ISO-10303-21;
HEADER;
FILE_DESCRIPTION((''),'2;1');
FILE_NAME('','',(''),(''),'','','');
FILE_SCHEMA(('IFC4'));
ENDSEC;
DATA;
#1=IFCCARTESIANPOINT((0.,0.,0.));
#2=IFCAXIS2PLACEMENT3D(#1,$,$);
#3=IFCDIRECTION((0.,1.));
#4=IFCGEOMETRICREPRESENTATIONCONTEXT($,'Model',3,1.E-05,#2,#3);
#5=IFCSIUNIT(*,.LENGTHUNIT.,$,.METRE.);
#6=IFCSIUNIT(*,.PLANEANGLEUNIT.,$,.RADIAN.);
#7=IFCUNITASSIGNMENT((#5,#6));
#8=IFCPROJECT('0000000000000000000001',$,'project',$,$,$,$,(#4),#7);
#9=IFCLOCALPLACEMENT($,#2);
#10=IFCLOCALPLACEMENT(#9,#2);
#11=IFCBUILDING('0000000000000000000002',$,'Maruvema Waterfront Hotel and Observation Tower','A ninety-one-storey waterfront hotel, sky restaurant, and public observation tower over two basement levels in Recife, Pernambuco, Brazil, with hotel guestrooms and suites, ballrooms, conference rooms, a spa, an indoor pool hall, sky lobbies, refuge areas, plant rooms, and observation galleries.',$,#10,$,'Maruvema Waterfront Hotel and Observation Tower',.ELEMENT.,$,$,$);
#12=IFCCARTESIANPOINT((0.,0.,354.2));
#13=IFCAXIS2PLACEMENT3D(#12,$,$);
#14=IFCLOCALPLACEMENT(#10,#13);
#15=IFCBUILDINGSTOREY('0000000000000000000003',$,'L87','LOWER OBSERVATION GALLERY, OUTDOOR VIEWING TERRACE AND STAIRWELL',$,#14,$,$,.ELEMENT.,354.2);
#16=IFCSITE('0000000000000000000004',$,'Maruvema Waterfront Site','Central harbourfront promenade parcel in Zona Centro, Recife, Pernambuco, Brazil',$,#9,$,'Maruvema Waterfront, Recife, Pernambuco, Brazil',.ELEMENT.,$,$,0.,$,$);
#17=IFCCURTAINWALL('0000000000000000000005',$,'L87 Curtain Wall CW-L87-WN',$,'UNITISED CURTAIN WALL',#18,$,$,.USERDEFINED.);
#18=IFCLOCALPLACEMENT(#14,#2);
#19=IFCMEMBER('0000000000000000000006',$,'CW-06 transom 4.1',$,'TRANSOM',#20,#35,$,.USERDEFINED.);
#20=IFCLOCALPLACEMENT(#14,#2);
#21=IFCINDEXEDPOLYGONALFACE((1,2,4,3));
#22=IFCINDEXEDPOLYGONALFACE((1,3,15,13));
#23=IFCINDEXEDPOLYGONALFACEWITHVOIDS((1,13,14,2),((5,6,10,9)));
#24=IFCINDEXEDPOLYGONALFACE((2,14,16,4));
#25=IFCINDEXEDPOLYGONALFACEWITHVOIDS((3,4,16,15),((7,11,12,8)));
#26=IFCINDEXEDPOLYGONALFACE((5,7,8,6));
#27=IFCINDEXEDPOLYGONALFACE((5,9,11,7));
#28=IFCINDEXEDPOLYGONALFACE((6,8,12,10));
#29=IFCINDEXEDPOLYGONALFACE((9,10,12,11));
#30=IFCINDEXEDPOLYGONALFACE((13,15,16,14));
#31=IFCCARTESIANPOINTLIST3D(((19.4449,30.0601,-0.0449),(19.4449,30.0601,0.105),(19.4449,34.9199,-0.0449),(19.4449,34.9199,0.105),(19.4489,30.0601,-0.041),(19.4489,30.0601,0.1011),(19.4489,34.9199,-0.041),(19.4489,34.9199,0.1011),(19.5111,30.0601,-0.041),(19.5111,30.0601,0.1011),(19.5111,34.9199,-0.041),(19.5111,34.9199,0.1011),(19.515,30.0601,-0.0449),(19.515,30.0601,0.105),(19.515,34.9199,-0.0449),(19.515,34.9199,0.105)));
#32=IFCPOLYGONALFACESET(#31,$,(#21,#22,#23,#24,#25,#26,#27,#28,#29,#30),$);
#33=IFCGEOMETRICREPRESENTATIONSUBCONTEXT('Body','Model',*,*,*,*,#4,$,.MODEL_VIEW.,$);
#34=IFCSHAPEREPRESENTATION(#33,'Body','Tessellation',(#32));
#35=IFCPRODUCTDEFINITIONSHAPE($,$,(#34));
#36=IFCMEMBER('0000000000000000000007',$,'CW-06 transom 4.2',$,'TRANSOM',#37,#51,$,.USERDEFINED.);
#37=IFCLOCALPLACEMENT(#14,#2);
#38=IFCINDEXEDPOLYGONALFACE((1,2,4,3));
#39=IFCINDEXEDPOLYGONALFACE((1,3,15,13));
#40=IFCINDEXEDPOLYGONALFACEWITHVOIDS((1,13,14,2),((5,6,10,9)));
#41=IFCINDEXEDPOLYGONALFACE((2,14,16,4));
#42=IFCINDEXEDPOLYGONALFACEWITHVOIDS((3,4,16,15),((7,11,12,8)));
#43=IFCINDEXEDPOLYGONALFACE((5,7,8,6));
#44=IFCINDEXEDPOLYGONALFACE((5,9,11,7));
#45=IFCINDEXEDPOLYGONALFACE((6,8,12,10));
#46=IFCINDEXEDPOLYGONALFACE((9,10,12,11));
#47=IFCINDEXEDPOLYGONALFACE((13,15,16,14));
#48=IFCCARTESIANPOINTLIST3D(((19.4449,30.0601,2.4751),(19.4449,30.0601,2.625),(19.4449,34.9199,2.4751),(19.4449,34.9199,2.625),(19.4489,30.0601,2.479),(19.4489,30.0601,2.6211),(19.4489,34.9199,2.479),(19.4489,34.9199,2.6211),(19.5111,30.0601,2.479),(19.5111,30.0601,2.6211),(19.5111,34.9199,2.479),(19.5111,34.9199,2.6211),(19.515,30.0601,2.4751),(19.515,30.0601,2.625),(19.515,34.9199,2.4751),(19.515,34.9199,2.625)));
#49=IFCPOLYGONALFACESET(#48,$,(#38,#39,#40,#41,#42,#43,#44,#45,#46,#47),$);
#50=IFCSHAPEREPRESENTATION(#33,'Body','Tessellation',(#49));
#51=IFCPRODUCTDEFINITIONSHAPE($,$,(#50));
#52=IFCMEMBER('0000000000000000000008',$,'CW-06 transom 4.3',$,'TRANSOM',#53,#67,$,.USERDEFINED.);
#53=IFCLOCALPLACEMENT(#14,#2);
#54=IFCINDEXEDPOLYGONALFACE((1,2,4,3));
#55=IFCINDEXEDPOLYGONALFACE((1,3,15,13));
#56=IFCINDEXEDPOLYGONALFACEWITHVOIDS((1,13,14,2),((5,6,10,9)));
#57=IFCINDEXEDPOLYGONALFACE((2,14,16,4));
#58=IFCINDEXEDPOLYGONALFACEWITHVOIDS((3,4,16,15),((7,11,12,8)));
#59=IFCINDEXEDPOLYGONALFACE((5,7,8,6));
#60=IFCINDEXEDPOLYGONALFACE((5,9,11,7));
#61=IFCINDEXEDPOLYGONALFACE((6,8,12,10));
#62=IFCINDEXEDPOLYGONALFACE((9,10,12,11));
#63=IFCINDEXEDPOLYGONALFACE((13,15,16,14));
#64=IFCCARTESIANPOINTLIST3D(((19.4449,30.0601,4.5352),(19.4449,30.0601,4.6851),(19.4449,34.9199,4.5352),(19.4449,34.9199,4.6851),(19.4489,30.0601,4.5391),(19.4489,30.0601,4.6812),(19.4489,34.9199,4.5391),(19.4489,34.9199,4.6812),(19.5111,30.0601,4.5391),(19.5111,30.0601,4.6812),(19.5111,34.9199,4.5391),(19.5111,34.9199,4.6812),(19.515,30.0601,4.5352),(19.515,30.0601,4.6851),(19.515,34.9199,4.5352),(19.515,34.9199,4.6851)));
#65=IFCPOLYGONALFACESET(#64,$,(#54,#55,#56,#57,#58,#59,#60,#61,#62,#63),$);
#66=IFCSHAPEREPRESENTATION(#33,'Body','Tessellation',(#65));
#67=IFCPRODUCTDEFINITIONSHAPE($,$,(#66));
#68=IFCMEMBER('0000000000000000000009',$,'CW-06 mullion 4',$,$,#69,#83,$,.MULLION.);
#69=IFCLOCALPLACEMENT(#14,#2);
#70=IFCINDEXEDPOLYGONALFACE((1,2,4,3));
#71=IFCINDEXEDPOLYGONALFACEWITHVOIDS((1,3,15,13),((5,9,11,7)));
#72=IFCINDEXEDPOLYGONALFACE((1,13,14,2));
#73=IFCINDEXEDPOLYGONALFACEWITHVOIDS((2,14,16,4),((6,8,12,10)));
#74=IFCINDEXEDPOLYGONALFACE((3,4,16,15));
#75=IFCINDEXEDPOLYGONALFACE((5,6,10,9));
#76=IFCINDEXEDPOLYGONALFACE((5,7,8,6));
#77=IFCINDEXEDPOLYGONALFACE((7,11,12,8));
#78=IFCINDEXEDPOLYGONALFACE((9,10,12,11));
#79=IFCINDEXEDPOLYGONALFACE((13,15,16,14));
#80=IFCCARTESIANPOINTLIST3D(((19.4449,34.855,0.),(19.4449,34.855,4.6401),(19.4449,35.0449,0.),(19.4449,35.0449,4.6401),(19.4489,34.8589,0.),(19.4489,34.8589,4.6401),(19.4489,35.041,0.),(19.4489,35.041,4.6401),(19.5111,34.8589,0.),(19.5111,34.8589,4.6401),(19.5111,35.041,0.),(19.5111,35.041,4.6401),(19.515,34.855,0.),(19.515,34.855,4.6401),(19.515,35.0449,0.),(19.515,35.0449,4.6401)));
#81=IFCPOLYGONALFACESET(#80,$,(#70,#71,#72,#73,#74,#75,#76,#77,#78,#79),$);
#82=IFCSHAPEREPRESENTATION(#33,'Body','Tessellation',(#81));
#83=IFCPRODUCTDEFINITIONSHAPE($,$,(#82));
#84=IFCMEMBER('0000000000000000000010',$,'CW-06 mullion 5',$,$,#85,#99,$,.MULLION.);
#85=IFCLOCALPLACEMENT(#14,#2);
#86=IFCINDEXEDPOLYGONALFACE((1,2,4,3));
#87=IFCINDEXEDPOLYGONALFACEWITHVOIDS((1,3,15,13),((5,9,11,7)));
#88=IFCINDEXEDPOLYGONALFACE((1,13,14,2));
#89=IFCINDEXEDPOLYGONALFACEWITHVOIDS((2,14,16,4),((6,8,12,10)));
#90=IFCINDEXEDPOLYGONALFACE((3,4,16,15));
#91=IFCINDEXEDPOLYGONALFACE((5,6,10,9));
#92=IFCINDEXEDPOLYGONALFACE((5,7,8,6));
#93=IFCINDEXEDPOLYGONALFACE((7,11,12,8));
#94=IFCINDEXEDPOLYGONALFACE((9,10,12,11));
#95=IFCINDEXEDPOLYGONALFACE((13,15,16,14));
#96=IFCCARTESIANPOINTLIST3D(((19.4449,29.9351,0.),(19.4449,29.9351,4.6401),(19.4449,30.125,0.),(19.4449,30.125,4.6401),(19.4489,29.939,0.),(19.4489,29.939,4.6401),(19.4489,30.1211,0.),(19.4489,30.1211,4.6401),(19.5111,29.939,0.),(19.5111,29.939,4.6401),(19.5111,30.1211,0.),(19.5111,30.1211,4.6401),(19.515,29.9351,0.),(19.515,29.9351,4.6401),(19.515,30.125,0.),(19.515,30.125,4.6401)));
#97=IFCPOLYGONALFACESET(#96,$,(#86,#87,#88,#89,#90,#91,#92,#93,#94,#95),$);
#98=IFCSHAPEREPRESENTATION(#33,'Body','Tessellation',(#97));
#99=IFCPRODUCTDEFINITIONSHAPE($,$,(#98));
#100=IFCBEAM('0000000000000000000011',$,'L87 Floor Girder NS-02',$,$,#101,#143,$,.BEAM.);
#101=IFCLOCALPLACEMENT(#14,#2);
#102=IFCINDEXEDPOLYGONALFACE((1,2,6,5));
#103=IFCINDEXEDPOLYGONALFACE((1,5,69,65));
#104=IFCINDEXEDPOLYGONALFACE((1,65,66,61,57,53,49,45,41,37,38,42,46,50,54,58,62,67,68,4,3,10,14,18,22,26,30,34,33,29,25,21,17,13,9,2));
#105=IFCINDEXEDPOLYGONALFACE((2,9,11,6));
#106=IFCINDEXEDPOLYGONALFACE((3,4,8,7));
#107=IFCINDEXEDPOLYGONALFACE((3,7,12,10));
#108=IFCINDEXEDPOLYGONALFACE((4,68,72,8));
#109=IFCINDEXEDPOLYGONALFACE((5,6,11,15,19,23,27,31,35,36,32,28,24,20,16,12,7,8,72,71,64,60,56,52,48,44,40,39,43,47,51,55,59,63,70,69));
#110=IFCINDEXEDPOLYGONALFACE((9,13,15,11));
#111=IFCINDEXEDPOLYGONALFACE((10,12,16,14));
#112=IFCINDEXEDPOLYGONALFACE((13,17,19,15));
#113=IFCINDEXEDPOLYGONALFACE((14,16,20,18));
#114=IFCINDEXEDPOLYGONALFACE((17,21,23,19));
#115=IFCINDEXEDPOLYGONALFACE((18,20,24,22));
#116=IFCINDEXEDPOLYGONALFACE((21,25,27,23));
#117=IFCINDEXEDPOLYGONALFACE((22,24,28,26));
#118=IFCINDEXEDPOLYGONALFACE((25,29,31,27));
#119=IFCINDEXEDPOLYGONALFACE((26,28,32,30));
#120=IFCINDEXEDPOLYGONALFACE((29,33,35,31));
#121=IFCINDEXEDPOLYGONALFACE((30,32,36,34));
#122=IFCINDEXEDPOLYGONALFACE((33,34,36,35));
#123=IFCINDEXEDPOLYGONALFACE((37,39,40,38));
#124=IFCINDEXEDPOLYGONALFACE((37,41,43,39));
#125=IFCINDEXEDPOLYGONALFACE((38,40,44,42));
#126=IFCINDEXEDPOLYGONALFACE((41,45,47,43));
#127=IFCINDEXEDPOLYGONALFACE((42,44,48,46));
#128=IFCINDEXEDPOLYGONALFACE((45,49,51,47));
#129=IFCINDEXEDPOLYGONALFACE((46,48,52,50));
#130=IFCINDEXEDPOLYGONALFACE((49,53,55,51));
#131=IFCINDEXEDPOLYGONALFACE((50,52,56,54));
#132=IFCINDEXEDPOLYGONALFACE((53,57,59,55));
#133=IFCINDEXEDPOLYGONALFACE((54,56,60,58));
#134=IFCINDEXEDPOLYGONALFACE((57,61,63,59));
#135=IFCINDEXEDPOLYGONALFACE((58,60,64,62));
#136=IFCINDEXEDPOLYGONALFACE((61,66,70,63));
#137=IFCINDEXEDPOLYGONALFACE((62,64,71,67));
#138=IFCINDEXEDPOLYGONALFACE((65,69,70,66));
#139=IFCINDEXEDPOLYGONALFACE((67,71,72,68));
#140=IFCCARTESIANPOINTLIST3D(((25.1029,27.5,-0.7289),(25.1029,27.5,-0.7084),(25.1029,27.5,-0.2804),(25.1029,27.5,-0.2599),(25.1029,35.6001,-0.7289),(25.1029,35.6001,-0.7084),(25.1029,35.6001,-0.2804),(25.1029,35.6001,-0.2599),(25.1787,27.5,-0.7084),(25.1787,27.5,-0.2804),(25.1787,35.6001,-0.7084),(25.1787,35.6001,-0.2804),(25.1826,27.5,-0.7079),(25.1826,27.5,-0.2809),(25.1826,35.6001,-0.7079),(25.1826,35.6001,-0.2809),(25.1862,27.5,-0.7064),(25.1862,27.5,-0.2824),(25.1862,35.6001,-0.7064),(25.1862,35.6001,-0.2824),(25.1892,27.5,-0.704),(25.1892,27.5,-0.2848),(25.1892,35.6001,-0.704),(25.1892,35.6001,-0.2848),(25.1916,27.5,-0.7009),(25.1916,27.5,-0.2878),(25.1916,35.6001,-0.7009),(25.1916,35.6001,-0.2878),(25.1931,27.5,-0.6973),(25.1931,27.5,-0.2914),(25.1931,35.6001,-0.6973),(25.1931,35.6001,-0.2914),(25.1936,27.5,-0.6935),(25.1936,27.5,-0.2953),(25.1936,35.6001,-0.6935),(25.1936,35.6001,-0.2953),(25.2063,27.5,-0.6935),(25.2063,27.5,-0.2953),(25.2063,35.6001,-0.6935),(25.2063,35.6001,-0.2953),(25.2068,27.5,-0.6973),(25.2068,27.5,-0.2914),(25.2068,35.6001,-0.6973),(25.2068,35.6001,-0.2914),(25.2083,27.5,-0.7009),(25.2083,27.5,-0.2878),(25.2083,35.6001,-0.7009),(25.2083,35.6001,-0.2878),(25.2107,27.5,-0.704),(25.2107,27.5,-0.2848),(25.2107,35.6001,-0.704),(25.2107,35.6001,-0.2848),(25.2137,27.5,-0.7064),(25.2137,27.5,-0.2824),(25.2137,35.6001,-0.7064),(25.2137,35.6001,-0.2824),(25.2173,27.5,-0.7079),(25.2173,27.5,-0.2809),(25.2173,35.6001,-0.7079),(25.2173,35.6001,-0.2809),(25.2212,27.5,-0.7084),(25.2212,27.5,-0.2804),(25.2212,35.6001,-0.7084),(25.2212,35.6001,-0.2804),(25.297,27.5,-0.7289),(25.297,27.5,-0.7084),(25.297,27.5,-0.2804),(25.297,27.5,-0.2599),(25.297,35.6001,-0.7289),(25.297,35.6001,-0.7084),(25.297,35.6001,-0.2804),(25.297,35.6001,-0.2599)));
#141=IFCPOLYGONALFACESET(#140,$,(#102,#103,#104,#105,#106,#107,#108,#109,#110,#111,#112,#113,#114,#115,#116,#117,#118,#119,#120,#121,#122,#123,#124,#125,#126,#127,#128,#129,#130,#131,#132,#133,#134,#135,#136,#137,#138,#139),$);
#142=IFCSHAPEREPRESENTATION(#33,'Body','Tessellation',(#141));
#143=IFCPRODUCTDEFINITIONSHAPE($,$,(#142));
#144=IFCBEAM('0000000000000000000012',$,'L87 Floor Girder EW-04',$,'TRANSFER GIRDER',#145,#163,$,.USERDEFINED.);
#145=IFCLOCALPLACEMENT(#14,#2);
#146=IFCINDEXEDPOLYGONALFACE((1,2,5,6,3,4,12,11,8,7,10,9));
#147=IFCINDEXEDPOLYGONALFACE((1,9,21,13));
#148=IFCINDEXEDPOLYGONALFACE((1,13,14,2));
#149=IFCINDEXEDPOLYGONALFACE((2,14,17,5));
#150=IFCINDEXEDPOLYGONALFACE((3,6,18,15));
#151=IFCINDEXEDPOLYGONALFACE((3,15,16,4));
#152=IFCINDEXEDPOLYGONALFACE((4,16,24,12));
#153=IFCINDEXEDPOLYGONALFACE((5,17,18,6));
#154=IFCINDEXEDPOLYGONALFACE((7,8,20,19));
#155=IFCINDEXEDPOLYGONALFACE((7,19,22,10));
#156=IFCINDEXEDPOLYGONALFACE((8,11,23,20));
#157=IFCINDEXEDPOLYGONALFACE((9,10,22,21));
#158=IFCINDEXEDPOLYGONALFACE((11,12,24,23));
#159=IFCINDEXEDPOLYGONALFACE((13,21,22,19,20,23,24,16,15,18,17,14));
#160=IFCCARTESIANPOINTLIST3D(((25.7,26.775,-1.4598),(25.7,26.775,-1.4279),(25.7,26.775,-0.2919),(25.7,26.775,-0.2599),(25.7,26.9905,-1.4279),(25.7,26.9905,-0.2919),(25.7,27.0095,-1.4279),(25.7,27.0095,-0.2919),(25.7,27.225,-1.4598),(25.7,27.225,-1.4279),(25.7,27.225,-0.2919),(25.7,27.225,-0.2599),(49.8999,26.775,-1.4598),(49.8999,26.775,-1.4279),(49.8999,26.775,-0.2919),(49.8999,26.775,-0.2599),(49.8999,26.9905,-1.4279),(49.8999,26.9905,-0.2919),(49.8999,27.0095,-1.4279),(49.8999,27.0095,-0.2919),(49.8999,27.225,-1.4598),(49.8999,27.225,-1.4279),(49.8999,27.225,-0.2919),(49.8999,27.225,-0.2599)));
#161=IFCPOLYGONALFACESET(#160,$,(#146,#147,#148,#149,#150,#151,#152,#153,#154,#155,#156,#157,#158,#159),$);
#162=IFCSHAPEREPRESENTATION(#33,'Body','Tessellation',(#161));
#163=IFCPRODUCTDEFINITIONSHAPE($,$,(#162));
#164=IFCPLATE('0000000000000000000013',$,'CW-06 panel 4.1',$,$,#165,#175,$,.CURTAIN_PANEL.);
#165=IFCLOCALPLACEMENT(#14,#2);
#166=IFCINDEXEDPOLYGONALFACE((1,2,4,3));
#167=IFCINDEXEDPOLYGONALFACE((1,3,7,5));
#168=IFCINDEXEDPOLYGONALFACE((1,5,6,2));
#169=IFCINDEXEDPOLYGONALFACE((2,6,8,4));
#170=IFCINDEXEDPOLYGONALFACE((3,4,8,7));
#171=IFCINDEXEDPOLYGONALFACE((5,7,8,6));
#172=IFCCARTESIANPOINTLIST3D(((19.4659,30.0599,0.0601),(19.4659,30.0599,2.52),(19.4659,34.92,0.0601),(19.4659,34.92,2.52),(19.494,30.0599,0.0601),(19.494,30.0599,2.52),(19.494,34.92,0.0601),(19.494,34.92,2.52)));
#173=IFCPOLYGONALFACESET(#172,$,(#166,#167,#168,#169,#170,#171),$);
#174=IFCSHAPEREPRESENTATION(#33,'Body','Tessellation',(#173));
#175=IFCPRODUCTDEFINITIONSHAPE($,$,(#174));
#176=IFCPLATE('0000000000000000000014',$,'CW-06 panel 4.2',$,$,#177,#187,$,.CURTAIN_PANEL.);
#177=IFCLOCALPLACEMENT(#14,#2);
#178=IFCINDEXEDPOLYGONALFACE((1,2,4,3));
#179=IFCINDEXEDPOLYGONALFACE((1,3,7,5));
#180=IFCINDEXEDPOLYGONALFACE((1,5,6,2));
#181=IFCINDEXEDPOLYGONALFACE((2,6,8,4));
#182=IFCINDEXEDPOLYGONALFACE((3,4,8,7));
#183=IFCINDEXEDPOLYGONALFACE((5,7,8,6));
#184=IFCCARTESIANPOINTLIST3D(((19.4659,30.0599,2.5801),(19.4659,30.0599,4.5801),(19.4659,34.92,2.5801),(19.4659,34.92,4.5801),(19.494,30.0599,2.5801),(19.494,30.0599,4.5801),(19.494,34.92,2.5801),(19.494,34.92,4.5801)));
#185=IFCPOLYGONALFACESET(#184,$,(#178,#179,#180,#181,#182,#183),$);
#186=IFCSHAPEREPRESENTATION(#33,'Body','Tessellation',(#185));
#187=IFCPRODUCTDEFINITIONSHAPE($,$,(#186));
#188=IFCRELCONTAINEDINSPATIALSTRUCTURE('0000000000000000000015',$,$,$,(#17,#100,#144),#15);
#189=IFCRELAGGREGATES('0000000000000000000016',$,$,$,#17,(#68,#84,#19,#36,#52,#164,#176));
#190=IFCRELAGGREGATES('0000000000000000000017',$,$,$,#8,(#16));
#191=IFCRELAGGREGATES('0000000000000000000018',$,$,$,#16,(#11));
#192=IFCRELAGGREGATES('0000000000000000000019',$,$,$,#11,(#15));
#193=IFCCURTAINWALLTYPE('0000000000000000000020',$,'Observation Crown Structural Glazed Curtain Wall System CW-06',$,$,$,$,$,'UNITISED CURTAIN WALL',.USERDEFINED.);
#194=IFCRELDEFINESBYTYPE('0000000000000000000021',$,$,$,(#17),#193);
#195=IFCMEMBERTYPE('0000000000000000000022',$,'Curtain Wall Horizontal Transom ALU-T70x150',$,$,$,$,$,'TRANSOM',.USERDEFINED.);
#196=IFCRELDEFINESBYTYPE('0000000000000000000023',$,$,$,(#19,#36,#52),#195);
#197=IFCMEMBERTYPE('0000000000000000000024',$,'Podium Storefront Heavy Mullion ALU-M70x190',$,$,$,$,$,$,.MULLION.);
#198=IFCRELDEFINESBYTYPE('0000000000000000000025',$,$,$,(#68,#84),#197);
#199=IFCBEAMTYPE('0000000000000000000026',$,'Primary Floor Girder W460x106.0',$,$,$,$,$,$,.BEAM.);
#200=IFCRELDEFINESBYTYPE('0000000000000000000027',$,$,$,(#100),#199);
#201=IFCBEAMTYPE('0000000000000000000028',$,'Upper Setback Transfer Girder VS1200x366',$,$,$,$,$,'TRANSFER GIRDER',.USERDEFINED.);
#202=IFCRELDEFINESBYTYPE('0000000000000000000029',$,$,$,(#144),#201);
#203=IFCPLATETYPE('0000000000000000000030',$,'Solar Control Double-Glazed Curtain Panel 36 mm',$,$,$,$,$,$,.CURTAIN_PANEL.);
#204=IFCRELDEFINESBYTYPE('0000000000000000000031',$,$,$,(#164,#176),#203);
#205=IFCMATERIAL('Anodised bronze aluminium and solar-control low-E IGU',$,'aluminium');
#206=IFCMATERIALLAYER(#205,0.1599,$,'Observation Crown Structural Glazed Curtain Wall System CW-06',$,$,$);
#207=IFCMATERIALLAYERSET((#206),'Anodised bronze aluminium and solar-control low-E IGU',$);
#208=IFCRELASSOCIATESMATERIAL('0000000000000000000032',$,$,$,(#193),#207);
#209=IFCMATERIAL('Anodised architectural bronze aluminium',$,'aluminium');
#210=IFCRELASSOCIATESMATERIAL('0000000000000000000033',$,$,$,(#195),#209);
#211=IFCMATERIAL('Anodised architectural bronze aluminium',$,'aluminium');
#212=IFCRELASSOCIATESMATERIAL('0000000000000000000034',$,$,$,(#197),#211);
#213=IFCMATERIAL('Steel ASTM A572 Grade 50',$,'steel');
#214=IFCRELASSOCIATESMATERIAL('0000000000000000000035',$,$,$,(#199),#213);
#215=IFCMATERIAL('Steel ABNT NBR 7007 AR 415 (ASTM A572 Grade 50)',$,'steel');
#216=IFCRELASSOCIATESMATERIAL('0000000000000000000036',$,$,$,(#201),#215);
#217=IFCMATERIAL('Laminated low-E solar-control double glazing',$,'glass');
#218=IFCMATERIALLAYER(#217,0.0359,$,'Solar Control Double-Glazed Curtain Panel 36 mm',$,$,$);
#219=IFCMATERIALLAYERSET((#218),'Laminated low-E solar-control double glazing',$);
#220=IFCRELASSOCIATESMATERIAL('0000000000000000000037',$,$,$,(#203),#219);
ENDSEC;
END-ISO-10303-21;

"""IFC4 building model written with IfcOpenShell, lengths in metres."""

from ifc_helpers import new_model, si_unit, direction, frame, origin, origin_2d, place, context, subcontext, project, spatial, rectangle, hollow_rectangle, i_section, extrude, material, layer, layer_set, material_profile, profile_set, type_object, element, aggregate, save


model = new_model("IFC4")

# Units and contexts
model_context = context("Model", 3, precision=1e-05, world=origin(), true_north=direction((0.0, 1.0)))
body_context = subcontext(model_context, "Body", "Model", "MODEL_VIEW")
ifc_project = project(units=[si_unit("LENGTHUNIT", "METRE"), si_unit("PLANEANGLEUNIT", "RADIAN")], contexts=[model_context])

# Site, building, storey
site_placement = place(None, origin())
site = spatial("IfcSite", under=ifc_project, at=site_placement, Name="Maruvema Waterfront Site", Description="Central harbourfront promenade parcel in Zona Centro, Recife, Pernambuco, Brazil", LongName="Maruvema Waterfront, Recife, Pernambuco, Brazil", CompositionType="ELEMENT", RefElevation=0.0)
building_placement = place(site_placement, origin())
building = spatial("IfcBuilding", under=site, at=building_placement, Name="Maruvema Waterfront Hotel and Observation Tower", Description="A ninety-one-storey waterfront hotel, sky restaurant, and public observation tower over two basement levels in Recife, Pernambuco, Brazil, with hotel guestrooms and suites, ballrooms, conference rooms, a spa, an indoor pool hall, sky lobbies, refuge areas, plant rooms, and observation galleries.", LongName="Maruvema Waterfront Hotel and Observation Tower", CompositionType="ELEMENT")
storey_placement = place(building_placement, frame((0.0, 0.0, 354.2)))
storey = spatial("IfcBuildingStorey", under=building, at=storey_placement, Name="L87", Description="LOWER OBSERVATION GALLERY, OUTDOOR VIEWING TERRACE AND STAIRWELL", CompositionType="ELEMENT", Elevation=354.2)

# Curtain wall, members
ifc_material_1 = material(Name="Anodised bronze aluminium and solar-control low-E IGU", Category="aluminium")
ifc_layer_1 = layer(ifc_material_1, 0.1599, Name="Observation Crown Structural Glazed Curtain Wall System CW-06")
ifc_layer_set_1 = layer_set([ifc_layer_1], Name="Anodised bronze aluminium and solar-control low-E IGU")
curtain_wall_type = type_object("IfcCurtainWallType", Name="Observation Crown Structural Glazed Curtain Wall System CW-06", ElementType="UNITISED CURTAIN WALL", PredefinedType="USERDEFINED", material=ifc_layer_set_1)
curtain_wall_placement = place(storey_placement, origin())
curtain_wall = element("IfcCurtainWall", 1, at=curtain_wall_placement, inside=storey, type_object=curtain_wall_type, Name="L87 Curtain Wall CW-L87-WN", ObjectType="UNITISED CURTAIN WALL", PredefinedType="USERDEFINED")
ifc_material_2 = material(Name="Anodised architectural bronze aluminium", Category="aluminium")
ifc_material_profile_1 = material_profile(ifc_material_2, hollow_rectangle(XDim=0.0701, YDim=0.1499, WallThickness=0.0039, at=origin_2d()), Name="ALU-T70x150")
ifc_profile_set_1 = profile_set([ifc_material_profile_1], Name="Anodised architectural bronze aluminium")
member_type_1 = type_object("IfcMemberType", Name="Curtain Wall Horizontal Transom ALU-T70x150", ElementType="TRANSOM", PredefinedType="USERDEFINED", material=ifc_profile_set_1)
member_1_placement = place(storey_placement, frame((19.48, 34.9199, 0.03), z_axis=(0.0, -1.0, 0.0), x_axis=(1.0, 0.0, 0.0)))
member_1 = element("IfcMember", 2, at=member_1_placement, type_object=member_type_1, Name="CW-06 transom 4.1", ObjectType="TRANSOM", PredefinedType="USERDEFINED", context=body_context, shape_type="SweptSolid", body=[
    extrude(hollow_rectangle(XDim=0.0701, YDim=0.1499, WallThickness=0.0039, at=origin_2d()), origin(), (0.0, 0.0, 1.0), 4.8599),
])
member_2_placement = place(storey_placement, frame((19.48, 34.9199, 2.55), z_axis=(0.0, -1.0, 0.0), x_axis=(1.0, 0.0, 0.0)))
member_2 = element("IfcMember", 3, at=member_2_placement, type_object=member_type_1, Name="CW-06 transom 4.2", ObjectType="TRANSOM", PredefinedType="USERDEFINED", context=body_context, shape_type="SweptSolid", body=[
    extrude(hollow_rectangle(XDim=0.0701, YDim=0.1499, WallThickness=0.0039, at=origin_2d()), origin(), (0.0, 0.0, 1.0), 4.8599),
])
member_3_placement = place(storey_placement, frame((19.48, 34.9199, 4.6101), z_axis=(0.0, -1.0, 0.0), x_axis=(1.0, 0.0, 0.0)))
member_3 = element("IfcMember", 4, at=member_3_placement, type_object=member_type_1, Name="CW-06 transom 4.3", ObjectType="TRANSOM", PredefinedType="USERDEFINED", context=body_context, shape_type="SweptSolid", body=[
    extrude(hollow_rectangle(XDim=0.0701, YDim=0.1499, WallThickness=0.0039, at=origin_2d()), origin(), (0.0, 0.0, 1.0), 4.8599),
])
ifc_material_3 = material(Name="Anodised architectural bronze aluminium", Category="aluminium")
ifc_material_profile_2 = material_profile(ifc_material_3, hollow_rectangle(XDim=0.0701, YDim=0.1899, WallThickness=0.0039, at=origin_2d()), Name="ALU-M70x190")
ifc_profile_set_2 = profile_set([ifc_material_profile_2], Name="Anodised architectural bronze aluminium")
member_type_2 = type_object("IfcMemberType", Name="Podium Storefront Heavy Mullion ALU-M70x190", PredefinedType="MULLION", material=ifc_profile_set_2)
member_4_placement = place(storey_placement, frame((19.48, 34.95, 0.0), z_axis=(0.0, 0.0, 1.0), x_axis=(1.0, 0.0, 0.0)))
member_4 = element("IfcMember", 5, at=member_4_placement, type_object=member_type_2, Name="CW-06 mullion 4", PredefinedType="MULLION", context=body_context, shape_type="SweptSolid", body=[
    extrude(hollow_rectangle(XDim=0.0701, YDim=0.1899, WallThickness=0.0039, at=origin_2d()), origin(), (0.0, 0.0, 1.0), 4.6401),
])
member_5_placement = place(storey_placement, frame((19.48, 30.03, 0.0), z_axis=(0.0, 0.0, 1.0), x_axis=(1.0, 0.0, 0.0)))
member_5 = element("IfcMember", 6, at=member_5_placement, type_object=member_type_2, Name="CW-06 mullion 5", PredefinedType="MULLION", context=body_context, shape_type="SweptSolid", body=[
    extrude(hollow_rectangle(XDim=0.0701, YDim=0.1899, WallThickness=0.0039, at=origin_2d()), origin(), (0.0, 0.0, 1.0), 4.6401),
])

# Beams
ifc_material_4 = material(Name="Steel ASTM A572 Grade 50", Category="steel")
ifc_material_profile_3 = material_profile(ifc_material_4, i_section(OverallWidth=0.1941, OverallDepth=0.469, WebThickness=0.0127, FlangeThickness=0.0205, FilletRadius=0.0149, at=origin_2d()), Name="W460x106.0")
ifc_profile_set_3 = profile_set([ifc_material_profile_3], Name="Steel ASTM A572 Grade 50")
beam_type_1 = type_object("IfcBeamType", Name="Primary Floor Girder W460x106.0", PredefinedType="BEAM", material=ifc_profile_set_3)
beam_1_placement = place(storey_placement, frame((25.2, 27.5, -0.4944), z_axis=(0.0, 1.0, 0.0), x_axis=(-1.0, 0.0, 0.0)))
element("IfcBeam", 7, at=beam_1_placement, inside=storey, type_object=beam_type_1, Name="L87 Floor Girder NS-02", PredefinedType="BEAM", context=body_context, shape_type="SweptSolid", body=[
    extrude(i_section(OverallWidth=0.1941, OverallDepth=0.469, WebThickness=0.0127, FlangeThickness=0.0205, FilletRadius=0.0149, at=origin_2d()), origin(), (0.0, 0.0, 1.0), 8.1001),
])
ifc_material_5 = material(Name="Steel ABNT NBR 7007 AR 415 (ASTM A572 Grade 50)", Category="steel")
ifc_material_profile_4 = material_profile(ifc_material_5, i_section(OverallWidth=0.45, OverallDepth=1.2, WebThickness=0.019, FlangeThickness=0.032, at=origin_2d()), Name="VS1200x366")
ifc_profile_set_4 = profile_set([ifc_material_profile_4], Name="Steel ABNT NBR 7007 AR 415 (ASTM A572 Grade 50)")
beam_type_2 = type_object("IfcBeamType", Name="Upper Setback Transfer Girder VS1200x366", ElementType="TRANSFER GIRDER", PredefinedType="USERDEFINED", material=ifc_profile_set_4)
beam_2_placement = place(storey_placement, frame((25.7, 27.0, -0.8599), z_axis=(1.0, 0.0, 0.0), x_axis=(0.0, 1.0, 0.0)))
element("IfcBeam", 8, at=beam_2_placement, inside=storey, type_object=beam_type_2, Name="L87 Floor Girder EW-04", ObjectType="TRANSFER GIRDER", PredefinedType="USERDEFINED", context=body_context, shape_type="SweptSolid", body=[
    extrude(i_section(OverallWidth=0.45, OverallDepth=1.2, WebThickness=0.019, FlangeThickness=0.032, at=origin_2d()), origin(), (0.0, 0.0, 1.0), 24.2),
])

# Plates
ifc_material_6 = material(Name="Laminated low-E solar-control double glazing", Category="glass")
ifc_layer_2 = layer(ifc_material_6, 0.0359, Name="Solar Control Double-Glazed Curtain Panel 36 mm")
ifc_layer_set_2 = layer_set([ifc_layer_2], Name="Laminated low-E solar-control double glazing")
plate_type = type_object("IfcPlateType", Name="Solar Control Double-Glazed Curtain Panel 36 mm", PredefinedType="CURTAIN_PANEL", material=ifc_layer_set_2)
plate_1_placement = place(storey_placement, frame((19.48, 32.49, 0.0601), z_axis=(0.0, 0.0, 1.0), x_axis=(0.0, -1.0, 0.0)))
plate_1 = element("IfcPlate", 9, at=plate_1_placement, type_object=plate_type, Name="CW-06 panel 4.1", PredefinedType="CURTAIN_PANEL", context=body_context, shape_type="SweptSolid", body=[
    extrude(rectangle(XDim=4.8601, YDim=0.0281, at=origin_2d()), origin(), (0.0, 0.0, 1.0), 2.46),
])
plate_2_placement = place(storey_placement, frame((19.48, 32.49, 2.5801), z_axis=(0.0, 0.0, 1.0), x_axis=(0.0, -1.0, 0.0)))
plate_2 = element("IfcPlate", 10, at=plate_2_placement, type_object=plate_type, Name="CW-06 panel 4.2", PredefinedType="CURTAIN_PANEL", context=body_context, shape_type="SweptSolid", body=[
    extrude(rectangle(XDim=4.8601, YDim=0.0281, at=origin_2d()), origin(), (0.0, 0.0, 1.0), 2.0),
])
aggregate(curtain_wall, [member_4, member_5, member_1, member_2, member_3, plate_1, plate_2])

save(model, "model.ifc")
